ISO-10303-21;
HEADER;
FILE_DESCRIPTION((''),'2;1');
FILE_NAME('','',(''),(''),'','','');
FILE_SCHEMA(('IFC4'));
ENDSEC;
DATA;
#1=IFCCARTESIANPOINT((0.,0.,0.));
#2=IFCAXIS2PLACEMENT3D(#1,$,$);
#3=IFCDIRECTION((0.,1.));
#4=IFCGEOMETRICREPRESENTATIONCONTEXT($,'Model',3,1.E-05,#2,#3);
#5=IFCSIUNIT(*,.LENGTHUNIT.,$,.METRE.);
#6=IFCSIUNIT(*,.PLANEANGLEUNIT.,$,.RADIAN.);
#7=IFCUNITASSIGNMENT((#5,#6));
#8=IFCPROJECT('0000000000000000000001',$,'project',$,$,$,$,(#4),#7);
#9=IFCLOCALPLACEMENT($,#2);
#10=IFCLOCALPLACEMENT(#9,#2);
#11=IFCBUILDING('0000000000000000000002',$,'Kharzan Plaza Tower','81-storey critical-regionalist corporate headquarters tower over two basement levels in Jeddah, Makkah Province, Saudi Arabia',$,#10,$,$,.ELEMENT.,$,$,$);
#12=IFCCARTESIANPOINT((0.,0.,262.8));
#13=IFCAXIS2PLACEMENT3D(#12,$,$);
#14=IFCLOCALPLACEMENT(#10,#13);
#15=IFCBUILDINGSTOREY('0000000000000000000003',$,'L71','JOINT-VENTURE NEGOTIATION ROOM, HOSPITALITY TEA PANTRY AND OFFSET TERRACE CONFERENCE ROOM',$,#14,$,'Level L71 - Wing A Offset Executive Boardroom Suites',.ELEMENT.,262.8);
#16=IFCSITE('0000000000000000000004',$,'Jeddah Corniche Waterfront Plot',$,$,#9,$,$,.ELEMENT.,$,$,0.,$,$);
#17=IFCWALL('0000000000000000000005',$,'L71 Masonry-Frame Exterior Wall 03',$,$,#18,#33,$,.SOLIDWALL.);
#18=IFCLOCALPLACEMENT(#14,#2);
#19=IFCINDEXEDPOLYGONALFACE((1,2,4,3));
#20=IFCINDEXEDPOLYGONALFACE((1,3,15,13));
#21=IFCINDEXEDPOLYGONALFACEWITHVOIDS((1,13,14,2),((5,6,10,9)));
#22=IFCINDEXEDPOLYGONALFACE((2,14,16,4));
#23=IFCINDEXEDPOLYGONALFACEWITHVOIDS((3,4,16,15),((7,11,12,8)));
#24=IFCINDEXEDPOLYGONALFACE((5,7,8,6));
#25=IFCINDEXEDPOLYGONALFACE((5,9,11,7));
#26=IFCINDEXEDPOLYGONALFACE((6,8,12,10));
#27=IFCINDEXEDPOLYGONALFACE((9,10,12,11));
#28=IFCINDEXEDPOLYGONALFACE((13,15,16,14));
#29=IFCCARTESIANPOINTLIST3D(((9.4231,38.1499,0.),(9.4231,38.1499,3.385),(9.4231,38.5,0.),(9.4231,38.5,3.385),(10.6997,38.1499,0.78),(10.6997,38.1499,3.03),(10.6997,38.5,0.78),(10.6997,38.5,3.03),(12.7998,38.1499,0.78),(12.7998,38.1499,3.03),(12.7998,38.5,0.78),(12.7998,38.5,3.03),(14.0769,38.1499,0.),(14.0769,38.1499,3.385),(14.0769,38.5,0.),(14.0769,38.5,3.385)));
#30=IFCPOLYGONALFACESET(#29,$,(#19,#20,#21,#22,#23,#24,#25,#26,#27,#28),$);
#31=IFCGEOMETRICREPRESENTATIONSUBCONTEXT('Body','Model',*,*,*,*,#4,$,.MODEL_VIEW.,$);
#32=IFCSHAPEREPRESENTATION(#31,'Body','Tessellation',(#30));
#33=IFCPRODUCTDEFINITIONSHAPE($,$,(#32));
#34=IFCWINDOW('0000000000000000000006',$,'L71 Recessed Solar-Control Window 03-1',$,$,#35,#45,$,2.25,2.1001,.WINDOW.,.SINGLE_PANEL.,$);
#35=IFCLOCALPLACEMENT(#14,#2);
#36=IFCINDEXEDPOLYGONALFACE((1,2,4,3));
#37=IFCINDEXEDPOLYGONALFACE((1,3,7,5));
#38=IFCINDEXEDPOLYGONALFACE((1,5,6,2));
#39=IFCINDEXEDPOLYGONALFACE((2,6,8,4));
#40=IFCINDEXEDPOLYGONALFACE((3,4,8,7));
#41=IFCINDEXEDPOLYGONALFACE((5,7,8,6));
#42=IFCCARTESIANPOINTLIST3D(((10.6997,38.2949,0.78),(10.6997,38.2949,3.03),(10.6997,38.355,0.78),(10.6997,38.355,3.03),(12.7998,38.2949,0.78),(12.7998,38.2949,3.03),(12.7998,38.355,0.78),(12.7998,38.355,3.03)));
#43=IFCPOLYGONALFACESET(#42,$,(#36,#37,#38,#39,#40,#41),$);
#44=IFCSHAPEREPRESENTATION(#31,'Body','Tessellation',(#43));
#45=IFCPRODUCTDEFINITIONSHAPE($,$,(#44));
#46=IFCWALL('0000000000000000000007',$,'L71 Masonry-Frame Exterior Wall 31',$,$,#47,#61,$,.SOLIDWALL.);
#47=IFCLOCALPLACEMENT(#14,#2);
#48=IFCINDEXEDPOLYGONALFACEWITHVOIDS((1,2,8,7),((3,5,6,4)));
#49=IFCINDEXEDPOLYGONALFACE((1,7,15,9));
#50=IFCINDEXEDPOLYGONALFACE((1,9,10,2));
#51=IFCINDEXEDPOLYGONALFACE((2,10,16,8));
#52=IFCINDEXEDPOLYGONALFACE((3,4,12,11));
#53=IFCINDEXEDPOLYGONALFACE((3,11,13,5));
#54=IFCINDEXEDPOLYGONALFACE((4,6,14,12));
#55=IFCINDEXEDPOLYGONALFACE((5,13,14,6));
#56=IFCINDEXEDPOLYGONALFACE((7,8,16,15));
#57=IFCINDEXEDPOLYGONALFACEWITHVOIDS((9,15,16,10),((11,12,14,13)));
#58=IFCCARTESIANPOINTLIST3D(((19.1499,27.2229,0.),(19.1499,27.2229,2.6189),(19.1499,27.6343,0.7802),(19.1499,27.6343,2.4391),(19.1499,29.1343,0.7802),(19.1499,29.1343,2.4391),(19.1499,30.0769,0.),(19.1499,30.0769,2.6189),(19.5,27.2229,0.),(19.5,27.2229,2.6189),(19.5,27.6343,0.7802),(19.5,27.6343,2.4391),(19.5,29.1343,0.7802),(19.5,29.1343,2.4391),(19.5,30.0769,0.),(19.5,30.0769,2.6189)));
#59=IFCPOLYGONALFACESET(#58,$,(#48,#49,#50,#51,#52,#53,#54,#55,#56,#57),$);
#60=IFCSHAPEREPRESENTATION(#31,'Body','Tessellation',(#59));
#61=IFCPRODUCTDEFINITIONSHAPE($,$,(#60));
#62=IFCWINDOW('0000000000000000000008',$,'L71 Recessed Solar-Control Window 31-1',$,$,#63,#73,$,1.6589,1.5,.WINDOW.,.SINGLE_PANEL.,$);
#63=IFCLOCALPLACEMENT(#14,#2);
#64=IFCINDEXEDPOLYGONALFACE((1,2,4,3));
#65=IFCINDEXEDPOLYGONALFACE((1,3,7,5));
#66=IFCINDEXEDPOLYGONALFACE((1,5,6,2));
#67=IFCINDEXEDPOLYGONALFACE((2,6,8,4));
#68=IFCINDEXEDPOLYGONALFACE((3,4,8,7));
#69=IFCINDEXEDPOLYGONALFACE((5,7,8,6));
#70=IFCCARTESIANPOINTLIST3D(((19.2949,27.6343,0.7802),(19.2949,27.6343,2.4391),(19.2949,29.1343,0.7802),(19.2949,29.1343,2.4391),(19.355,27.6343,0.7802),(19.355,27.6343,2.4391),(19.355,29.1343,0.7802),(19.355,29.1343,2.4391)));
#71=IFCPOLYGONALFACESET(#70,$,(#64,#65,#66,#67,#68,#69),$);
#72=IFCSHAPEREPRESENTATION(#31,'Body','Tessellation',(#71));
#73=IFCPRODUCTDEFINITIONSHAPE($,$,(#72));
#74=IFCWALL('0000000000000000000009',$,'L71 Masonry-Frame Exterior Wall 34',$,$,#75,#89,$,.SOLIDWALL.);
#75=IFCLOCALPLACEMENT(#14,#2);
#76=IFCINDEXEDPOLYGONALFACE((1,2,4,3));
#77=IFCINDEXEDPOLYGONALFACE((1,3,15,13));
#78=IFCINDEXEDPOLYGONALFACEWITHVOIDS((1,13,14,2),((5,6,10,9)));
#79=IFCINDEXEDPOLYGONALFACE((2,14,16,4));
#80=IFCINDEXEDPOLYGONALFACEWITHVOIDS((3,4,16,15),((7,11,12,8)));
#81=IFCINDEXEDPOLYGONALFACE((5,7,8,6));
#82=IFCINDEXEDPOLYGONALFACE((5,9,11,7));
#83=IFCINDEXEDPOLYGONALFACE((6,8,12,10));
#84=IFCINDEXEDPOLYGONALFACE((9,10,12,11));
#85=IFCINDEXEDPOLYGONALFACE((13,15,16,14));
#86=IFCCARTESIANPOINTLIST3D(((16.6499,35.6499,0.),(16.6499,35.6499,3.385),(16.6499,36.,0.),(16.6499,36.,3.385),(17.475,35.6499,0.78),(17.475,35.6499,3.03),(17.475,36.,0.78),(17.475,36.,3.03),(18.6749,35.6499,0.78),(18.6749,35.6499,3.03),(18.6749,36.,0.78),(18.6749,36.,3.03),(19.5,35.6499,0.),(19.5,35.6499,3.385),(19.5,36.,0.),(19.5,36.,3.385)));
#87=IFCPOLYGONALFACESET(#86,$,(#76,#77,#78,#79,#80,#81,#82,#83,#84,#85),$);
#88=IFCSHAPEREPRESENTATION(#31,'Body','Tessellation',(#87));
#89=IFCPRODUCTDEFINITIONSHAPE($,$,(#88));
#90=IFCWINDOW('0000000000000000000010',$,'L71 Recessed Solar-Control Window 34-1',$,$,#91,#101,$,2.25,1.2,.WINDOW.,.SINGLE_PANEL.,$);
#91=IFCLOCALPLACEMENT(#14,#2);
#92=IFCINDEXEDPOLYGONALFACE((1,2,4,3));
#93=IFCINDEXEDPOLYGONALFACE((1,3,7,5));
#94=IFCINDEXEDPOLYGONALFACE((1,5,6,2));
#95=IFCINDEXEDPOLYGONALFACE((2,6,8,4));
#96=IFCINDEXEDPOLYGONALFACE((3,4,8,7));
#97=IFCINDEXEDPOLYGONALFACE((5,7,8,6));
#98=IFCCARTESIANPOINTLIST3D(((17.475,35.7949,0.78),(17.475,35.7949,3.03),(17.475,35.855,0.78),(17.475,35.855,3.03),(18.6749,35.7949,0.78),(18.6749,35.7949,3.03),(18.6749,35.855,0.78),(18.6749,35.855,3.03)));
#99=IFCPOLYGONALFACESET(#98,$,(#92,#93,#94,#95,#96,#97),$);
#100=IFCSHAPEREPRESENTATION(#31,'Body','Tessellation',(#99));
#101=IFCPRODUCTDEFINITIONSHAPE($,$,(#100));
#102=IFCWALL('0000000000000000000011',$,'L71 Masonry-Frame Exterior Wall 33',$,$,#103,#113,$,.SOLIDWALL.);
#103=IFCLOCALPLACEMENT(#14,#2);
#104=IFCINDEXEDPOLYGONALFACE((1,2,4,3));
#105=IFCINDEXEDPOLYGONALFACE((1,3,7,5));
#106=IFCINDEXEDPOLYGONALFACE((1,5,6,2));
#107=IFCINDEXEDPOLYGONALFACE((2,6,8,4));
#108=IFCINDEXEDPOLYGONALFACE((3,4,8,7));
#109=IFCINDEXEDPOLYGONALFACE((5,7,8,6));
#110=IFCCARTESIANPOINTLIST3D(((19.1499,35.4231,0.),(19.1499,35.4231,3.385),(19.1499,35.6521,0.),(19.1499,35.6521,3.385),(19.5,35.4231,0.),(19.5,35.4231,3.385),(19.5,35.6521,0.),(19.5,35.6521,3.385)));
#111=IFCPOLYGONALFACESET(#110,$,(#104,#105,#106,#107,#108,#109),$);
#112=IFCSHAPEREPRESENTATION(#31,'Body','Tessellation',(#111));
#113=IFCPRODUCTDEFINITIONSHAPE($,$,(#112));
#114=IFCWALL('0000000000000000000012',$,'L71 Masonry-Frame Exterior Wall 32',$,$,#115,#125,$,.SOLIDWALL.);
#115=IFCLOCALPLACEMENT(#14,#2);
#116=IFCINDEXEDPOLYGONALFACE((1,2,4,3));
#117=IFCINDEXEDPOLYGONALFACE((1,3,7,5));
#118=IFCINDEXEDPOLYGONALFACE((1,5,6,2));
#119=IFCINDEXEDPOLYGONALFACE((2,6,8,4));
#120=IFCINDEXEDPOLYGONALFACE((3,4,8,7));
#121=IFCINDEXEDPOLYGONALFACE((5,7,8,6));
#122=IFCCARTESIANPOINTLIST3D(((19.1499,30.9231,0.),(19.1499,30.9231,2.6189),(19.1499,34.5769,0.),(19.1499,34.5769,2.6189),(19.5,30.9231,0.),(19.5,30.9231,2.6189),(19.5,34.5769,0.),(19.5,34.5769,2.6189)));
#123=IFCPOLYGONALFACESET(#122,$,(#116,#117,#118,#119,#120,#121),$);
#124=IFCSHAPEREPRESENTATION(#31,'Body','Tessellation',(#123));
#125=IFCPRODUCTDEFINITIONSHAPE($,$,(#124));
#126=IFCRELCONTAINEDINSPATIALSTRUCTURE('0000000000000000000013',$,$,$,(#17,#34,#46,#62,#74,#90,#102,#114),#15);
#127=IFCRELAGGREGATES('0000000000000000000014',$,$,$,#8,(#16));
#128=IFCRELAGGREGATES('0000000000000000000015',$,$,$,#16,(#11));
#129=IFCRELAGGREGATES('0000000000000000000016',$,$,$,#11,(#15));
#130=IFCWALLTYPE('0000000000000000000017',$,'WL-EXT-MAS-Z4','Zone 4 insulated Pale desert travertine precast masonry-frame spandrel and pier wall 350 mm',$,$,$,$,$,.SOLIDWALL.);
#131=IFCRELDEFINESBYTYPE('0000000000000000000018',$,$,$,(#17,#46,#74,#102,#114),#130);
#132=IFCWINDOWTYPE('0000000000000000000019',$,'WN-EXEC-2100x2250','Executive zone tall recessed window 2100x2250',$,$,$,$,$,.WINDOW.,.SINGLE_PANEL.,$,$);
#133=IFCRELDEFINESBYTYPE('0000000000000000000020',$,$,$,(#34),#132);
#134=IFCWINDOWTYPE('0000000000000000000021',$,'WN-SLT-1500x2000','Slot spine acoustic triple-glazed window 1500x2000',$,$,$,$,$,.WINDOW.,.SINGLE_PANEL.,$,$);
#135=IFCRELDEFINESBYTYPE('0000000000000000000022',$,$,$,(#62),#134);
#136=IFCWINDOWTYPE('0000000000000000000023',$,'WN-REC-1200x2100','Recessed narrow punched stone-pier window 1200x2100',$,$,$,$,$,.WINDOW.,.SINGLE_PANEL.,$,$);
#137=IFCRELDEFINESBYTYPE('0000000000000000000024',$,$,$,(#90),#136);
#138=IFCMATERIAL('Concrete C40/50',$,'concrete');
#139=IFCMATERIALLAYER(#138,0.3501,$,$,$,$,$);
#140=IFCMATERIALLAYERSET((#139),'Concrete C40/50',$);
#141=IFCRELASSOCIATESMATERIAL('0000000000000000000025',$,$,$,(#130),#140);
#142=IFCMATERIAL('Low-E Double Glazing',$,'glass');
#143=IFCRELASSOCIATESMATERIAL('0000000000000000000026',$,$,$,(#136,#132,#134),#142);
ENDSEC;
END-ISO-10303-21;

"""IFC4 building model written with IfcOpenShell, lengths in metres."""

from ifc_helpers import new_model, si_unit, direction, frame, frame_2d, origin, place, context, subcontext, project, spatial, rectangle, extrude, source, transform, mapped, material, layer, layer_set, type_object, element, fill, save


model = new_model("IFC4")

# Units and contexts
model_context = context("Model", 3, precision=1e-05, world=origin(), true_north=direction((0.0, 1.0)))
body_context = subcontext(model_context, "Body", "Model", "MODEL_VIEW")
ifc_project = project(units=[si_unit("LENGTHUNIT", "METRE"), si_unit("PLANEANGLEUNIT", "RADIAN")], contexts=[model_context])

# Site, building, storey
site_placement = place(None, origin())
site = spatial("IfcSite", under=ifc_project, at=site_placement, Name="Jeddah Corniche Waterfront Plot", CompositionType="ELEMENT", RefElevation=0.0)
building_placement = place(site_placement, origin())
building = spatial("IfcBuilding", under=site, at=building_placement, Name="Kharzan Plaza Tower", Description="81-storey critical-regionalist corporate headquarters tower over two basement levels in Jeddah, Makkah Province, Saudi Arabia", CompositionType="ELEMENT")
storey_placement = place(building_placement, frame((0.0, 0.0, 262.8)))
storey = spatial("IfcBuildingStorey", under=building, at=storey_placement, Name="L71", Description="JOINT-VENTURE NEGOTIATION ROOM, HOSPITALITY TEA PANTRY AND OFFSET TERRACE CONFERENCE ROOM", LongName="Level L71 - Wing A Offset Executive Boardroom Suites", CompositionType="ELEMENT", Elevation=262.8)

# Walls, openings, windows
ifc_material_1 = material(Name="Concrete C40/50", Category="concrete")
ifc_layer = layer(ifc_material_1, 0.3501)
ifc_layer_set = layer_set([ifc_layer], Name="Concrete C40/50")
wall_type = type_object("IfcWallType", Name="WL-EXT-MAS-Z4", Description="Zone 4 insulated Pale desert travertine precast masonry-frame spandrel and pier wall 350 mm", PredefinedType="SOLIDWALL", material=ifc_layer_set)
ifc_material_2 = material(Name="Low-E Double Glazing", Category="glass")
window_type_1 = type_object("IfcWindowType", Name="WN-REC-1200x2100", Description="Recessed narrow punched stone-pier window 1200x2100", PartitioningType="SINGLE_PANEL", PredefinedType="WINDOW", material=ifc_material_2)
shared_shape_1 = source(origin(), body_context, "Body", "SweptSolid", [
    extrude(rectangle(XDim=1.2, YDim=2.25, at=frame_2d((0.6001, 1.125))), frame((0.0, 0.03, 0.0), z_axis=(0.0, -1.0, 0.0), x_axis=(1.0, 0.0, 0.0)), (0.0, 0.0, 1.0), 0.0601),
])
wall_1_placement = place(storey_placement, frame((14.0769, 38.325, 0.0), z_axis=(0.0, 0.0, 1.0), x_axis=(-1.0, 0.0, 0.0)))
wall_1 = element("IfcWall", 1, at=wall_1_placement, inside=storey, type_object=wall_type, Name="L71 Masonry-Frame Exterior Wall 03", PredefinedType="SOLIDWALL", context=body_context, shape_type="SweptSolid", body=[
    extrude(rectangle(XDim=4.6538, YDim=0.3501, at=frame_2d((2.3269, 0.0))), origin(), (0.0, 0.0, 1.0), 3.385),
])
opening_1_placement = place(wall_1_placement, frame((1.2771, 0.0, 0.78)))
opening_1 = element("IfcOpeningElement", 2, at=opening_1_placement, cuts=wall_1, PredefinedType="OPENING", context=body_context, shape_type="SweptSolid", body=[
    extrude(rectangle(XDim=2.1001, YDim=2.25, at=frame_2d((1.05, 1.125))), frame((0.0, 0.1851, 0.0), z_axis=(0.0, -1.0, 0.0), x_axis=(1.0, 0.0, 0.0)), (0.0, 0.0, 1.0), 0.3701),
])
window_type_2 = type_object("IfcWindowType", Name="WN-EXEC-2100x2250", Description="Executive zone tall recessed window 2100x2250", PartitioningType="SINGLE_PANEL", PredefinedType="WINDOW", material=ifc_material_2)
shared_shape_2 = source(origin(), body_context, "Body", "SweptSolid", [
    extrude(rectangle(XDim=2.1001, YDim=2.25, at=frame_2d((1.05, 1.125))), frame((0.0, 0.03, 0.0), z_axis=(0.0, -1.0, 0.0), x_axis=(1.0, 0.0, 0.0)), (0.0, 0.0, 1.0), 0.0601),
])
window_1_placement = place(opening_1_placement, origin())
window_1 = element("IfcWindow", 3, at=window_1_placement, inside=storey, type_object=window_type_2, Name="L71 Recessed Solar-Control Window 03-1", OverallHeight=2.25, OverallWidth=2.1001, PartitioningType="SINGLE_PANEL", PredefinedType="WINDOW", context=body_context, shape_type="MappedRepresentation", body=[
    mapped(shared_shape_2, transform((0.0, 0.0, 0.0), x_axis=(1.0, 0.0, 0.0), y_axis=(0.0, 1.0, 0.0), z_axis=(0.0, 0.0, 1.0))),
])
fill(opening_1, window_1)
wall_2_placement = place(storey_placement, frame((19.325, 27.2229, 0.0), z_axis=(0.0, 0.0, 1.0), x_axis=(0.0, 1.0, 0.0)))
wall_2 = element("IfcWall", 4, at=wall_2_placement, inside=storey, type_object=wall_type, Name="L71 Masonry-Frame Exterior Wall 31", PredefinedType="SOLIDWALL", context=body_context, shape_type="SweptSolid", body=[
    extrude(rectangle(XDim=2.854, YDim=0.3501, at=frame_2d((1.427, 0.0))), origin(), (0.0, 0.0, 1.0), 2.6189),
])
opening_2_placement = place(wall_2_placement, frame((0.4114, 0.0, 0.78)))
opening_2 = element("IfcOpeningElement", 5, at=opening_2_placement, cuts=wall_2, PredefinedType="OPENING", context=body_context, shape_type="SweptSolid", body=[
    extrude(rectangle(XDim=1.5, YDim=1.6589, at=frame_2d((0.75, 0.8296))), frame((0.0, 0.1851, 0.0), z_axis=(0.0, -1.0, 0.0), x_axis=(1.0, 0.0, 0.0)), (0.0, 0.0, 1.0), 0.3701),
])
window_type_3 = type_object("IfcWindowType", Name="WN-SLT-1500x2000", Description="Slot spine acoustic triple-glazed window 1500x2000", PartitioningType="SINGLE_PANEL", PredefinedType="WINDOW", material=ifc_material_2)
shared_shape_3 = source(origin(), body_context, "Body", "SweptSolid", [
    extrude(rectangle(XDim=1.5, YDim=1.6589, at=frame_2d((0.75, 0.8296))), frame((0.0, 0.03, 0.0), z_axis=(0.0, -1.0, 0.0), x_axis=(1.0, 0.0, 0.0)), (0.0, 0.0, 1.0), 0.0601),
])
window_2_placement = place(opening_2_placement, origin())
window_2 = element("IfcWindow", 6, at=window_2_placement, inside=storey, type_object=window_type_3, Name="L71 Recessed Solar-Control Window 31-1", OverallHeight=1.6589, OverallWidth=1.5, PartitioningType="SINGLE_PANEL", PredefinedType="WINDOW", context=body_context, shape_type="MappedRepresentation", body=[
    mapped(shared_shape_3, transform((0.0, 0.0, 0.0), x_axis=(1.0, 0.0, 0.0), y_axis=(0.0, 1.0, 0.0), z_axis=(0.0, 0.0, 1.0))),
])
fill(opening_2, window_2)
wall_3_placement = place(storey_placement, frame((19.5, 35.825, 0.0), z_axis=(0.0, 0.0, 1.0), x_axis=(-1.0, 0.0, 0.0)))
wall_3 = element("IfcWall", 7, at=wall_3_placement, inside=storey, type_object=wall_type, Name="L71 Masonry-Frame Exterior Wall 34", PredefinedType="SOLIDWALL", context=body_context, shape_type="SweptSolid", body=[
    extrude(rectangle(XDim=2.8501, YDim=0.3501, at=frame_2d((1.425, 0.0))), origin(), (0.0, 0.0, 1.0), 3.385),
])
opening_3_placement = place(wall_3_placement, frame((0.825, 0.0, 0.78)))
opening_3 = element("IfcOpeningElement", 8, at=opening_3_placement, cuts=wall_3, PredefinedType="OPENING", context=body_context, shape_type="SweptSolid", body=[
    extrude(rectangle(XDim=1.2, YDim=2.25, at=frame_2d((0.6001, 1.125))), frame((0.0, 0.1851, 0.0), z_axis=(0.0, -1.0, 0.0), x_axis=(1.0, 0.0, 0.0)), (0.0, 0.0, 1.0), 0.3701),
])
window_3_placement = place(opening_3_placement, origin())
window_3 = element("IfcWindow", 9, at=window_3_placement, inside=storey, type_object=window_type_1, Name="L71 Recessed Solar-Control Window 34-1", OverallHeight=2.25, OverallWidth=1.2, PartitioningType="SINGLE_PANEL", PredefinedType="WINDOW", context=body_context, shape_type="MappedRepresentation", body=[
    mapped(shared_shape_1, transform((0.0, 0.0, 0.0), x_axis=(1.0, 0.0, 0.0), y_axis=(0.0, 1.0, 0.0), z_axis=(0.0, 0.0, 1.0))),
])
fill(opening_3, window_3)

# Walls
shared_shape_4 = source(origin(), body_context, "Body", "SweptSolid", [
    extrude(rectangle(XDim=0.229, YDim=0.3501, at=frame_2d((0.1145, 0.0))), origin(), (0.0, 0.0, 1.0), 3.385),
])
wall_4_placement = place(storey_placement, frame((19.325, 35.4231, 0.0), z_axis=(0.0, 0.0, 1.0), x_axis=(0.0, 1.0, 0.0)))
element("IfcWall", 10, at=wall_4_placement, inside=storey, type_object=wall_type, Name="L71 Masonry-Frame Exterior Wall 33", PredefinedType="SOLIDWALL", context=body_context, shape_type="MappedRepresentation", body=[
    mapped(shared_shape_4, transform((0.0, 0.0, 0.0), x_axis=(1.0, 0.0, 0.0), y_axis=(0.0, 1.0, 0.0), z_axis=(0.0, 0.0, 1.0))),
])
shared_shape_5 = source(origin(), body_context, "Body", "SweptSolid", [
    extrude(rectangle(XDim=3.6538, YDim=0.3501, at=frame_2d((1.8269, 0.0))), origin(), (0.0, 0.0, 1.0), 2.6189),
])
wall_5_placement = place(storey_placement, frame((19.325, 30.9231, 0.0), z_axis=(0.0, 0.0, 1.0), x_axis=(0.0, 1.0, 0.0)))
element("IfcWall", 11, at=wall_5_placement, inside=storey, type_object=wall_type, Name="L71 Masonry-Frame Exterior Wall 32", PredefinedType="SOLIDWALL", context=body_context, shape_type="MappedRepresentation", body=[
    mapped(shared_shape_5, transform((0.0, 0.0, 0.0), x_axis=(1.0, 0.0, 0.0), y_axis=(0.0, 1.0, 0.0), z_axis=(0.0, 0.0, 1.0))),
])

save(model, "model.ifc")
